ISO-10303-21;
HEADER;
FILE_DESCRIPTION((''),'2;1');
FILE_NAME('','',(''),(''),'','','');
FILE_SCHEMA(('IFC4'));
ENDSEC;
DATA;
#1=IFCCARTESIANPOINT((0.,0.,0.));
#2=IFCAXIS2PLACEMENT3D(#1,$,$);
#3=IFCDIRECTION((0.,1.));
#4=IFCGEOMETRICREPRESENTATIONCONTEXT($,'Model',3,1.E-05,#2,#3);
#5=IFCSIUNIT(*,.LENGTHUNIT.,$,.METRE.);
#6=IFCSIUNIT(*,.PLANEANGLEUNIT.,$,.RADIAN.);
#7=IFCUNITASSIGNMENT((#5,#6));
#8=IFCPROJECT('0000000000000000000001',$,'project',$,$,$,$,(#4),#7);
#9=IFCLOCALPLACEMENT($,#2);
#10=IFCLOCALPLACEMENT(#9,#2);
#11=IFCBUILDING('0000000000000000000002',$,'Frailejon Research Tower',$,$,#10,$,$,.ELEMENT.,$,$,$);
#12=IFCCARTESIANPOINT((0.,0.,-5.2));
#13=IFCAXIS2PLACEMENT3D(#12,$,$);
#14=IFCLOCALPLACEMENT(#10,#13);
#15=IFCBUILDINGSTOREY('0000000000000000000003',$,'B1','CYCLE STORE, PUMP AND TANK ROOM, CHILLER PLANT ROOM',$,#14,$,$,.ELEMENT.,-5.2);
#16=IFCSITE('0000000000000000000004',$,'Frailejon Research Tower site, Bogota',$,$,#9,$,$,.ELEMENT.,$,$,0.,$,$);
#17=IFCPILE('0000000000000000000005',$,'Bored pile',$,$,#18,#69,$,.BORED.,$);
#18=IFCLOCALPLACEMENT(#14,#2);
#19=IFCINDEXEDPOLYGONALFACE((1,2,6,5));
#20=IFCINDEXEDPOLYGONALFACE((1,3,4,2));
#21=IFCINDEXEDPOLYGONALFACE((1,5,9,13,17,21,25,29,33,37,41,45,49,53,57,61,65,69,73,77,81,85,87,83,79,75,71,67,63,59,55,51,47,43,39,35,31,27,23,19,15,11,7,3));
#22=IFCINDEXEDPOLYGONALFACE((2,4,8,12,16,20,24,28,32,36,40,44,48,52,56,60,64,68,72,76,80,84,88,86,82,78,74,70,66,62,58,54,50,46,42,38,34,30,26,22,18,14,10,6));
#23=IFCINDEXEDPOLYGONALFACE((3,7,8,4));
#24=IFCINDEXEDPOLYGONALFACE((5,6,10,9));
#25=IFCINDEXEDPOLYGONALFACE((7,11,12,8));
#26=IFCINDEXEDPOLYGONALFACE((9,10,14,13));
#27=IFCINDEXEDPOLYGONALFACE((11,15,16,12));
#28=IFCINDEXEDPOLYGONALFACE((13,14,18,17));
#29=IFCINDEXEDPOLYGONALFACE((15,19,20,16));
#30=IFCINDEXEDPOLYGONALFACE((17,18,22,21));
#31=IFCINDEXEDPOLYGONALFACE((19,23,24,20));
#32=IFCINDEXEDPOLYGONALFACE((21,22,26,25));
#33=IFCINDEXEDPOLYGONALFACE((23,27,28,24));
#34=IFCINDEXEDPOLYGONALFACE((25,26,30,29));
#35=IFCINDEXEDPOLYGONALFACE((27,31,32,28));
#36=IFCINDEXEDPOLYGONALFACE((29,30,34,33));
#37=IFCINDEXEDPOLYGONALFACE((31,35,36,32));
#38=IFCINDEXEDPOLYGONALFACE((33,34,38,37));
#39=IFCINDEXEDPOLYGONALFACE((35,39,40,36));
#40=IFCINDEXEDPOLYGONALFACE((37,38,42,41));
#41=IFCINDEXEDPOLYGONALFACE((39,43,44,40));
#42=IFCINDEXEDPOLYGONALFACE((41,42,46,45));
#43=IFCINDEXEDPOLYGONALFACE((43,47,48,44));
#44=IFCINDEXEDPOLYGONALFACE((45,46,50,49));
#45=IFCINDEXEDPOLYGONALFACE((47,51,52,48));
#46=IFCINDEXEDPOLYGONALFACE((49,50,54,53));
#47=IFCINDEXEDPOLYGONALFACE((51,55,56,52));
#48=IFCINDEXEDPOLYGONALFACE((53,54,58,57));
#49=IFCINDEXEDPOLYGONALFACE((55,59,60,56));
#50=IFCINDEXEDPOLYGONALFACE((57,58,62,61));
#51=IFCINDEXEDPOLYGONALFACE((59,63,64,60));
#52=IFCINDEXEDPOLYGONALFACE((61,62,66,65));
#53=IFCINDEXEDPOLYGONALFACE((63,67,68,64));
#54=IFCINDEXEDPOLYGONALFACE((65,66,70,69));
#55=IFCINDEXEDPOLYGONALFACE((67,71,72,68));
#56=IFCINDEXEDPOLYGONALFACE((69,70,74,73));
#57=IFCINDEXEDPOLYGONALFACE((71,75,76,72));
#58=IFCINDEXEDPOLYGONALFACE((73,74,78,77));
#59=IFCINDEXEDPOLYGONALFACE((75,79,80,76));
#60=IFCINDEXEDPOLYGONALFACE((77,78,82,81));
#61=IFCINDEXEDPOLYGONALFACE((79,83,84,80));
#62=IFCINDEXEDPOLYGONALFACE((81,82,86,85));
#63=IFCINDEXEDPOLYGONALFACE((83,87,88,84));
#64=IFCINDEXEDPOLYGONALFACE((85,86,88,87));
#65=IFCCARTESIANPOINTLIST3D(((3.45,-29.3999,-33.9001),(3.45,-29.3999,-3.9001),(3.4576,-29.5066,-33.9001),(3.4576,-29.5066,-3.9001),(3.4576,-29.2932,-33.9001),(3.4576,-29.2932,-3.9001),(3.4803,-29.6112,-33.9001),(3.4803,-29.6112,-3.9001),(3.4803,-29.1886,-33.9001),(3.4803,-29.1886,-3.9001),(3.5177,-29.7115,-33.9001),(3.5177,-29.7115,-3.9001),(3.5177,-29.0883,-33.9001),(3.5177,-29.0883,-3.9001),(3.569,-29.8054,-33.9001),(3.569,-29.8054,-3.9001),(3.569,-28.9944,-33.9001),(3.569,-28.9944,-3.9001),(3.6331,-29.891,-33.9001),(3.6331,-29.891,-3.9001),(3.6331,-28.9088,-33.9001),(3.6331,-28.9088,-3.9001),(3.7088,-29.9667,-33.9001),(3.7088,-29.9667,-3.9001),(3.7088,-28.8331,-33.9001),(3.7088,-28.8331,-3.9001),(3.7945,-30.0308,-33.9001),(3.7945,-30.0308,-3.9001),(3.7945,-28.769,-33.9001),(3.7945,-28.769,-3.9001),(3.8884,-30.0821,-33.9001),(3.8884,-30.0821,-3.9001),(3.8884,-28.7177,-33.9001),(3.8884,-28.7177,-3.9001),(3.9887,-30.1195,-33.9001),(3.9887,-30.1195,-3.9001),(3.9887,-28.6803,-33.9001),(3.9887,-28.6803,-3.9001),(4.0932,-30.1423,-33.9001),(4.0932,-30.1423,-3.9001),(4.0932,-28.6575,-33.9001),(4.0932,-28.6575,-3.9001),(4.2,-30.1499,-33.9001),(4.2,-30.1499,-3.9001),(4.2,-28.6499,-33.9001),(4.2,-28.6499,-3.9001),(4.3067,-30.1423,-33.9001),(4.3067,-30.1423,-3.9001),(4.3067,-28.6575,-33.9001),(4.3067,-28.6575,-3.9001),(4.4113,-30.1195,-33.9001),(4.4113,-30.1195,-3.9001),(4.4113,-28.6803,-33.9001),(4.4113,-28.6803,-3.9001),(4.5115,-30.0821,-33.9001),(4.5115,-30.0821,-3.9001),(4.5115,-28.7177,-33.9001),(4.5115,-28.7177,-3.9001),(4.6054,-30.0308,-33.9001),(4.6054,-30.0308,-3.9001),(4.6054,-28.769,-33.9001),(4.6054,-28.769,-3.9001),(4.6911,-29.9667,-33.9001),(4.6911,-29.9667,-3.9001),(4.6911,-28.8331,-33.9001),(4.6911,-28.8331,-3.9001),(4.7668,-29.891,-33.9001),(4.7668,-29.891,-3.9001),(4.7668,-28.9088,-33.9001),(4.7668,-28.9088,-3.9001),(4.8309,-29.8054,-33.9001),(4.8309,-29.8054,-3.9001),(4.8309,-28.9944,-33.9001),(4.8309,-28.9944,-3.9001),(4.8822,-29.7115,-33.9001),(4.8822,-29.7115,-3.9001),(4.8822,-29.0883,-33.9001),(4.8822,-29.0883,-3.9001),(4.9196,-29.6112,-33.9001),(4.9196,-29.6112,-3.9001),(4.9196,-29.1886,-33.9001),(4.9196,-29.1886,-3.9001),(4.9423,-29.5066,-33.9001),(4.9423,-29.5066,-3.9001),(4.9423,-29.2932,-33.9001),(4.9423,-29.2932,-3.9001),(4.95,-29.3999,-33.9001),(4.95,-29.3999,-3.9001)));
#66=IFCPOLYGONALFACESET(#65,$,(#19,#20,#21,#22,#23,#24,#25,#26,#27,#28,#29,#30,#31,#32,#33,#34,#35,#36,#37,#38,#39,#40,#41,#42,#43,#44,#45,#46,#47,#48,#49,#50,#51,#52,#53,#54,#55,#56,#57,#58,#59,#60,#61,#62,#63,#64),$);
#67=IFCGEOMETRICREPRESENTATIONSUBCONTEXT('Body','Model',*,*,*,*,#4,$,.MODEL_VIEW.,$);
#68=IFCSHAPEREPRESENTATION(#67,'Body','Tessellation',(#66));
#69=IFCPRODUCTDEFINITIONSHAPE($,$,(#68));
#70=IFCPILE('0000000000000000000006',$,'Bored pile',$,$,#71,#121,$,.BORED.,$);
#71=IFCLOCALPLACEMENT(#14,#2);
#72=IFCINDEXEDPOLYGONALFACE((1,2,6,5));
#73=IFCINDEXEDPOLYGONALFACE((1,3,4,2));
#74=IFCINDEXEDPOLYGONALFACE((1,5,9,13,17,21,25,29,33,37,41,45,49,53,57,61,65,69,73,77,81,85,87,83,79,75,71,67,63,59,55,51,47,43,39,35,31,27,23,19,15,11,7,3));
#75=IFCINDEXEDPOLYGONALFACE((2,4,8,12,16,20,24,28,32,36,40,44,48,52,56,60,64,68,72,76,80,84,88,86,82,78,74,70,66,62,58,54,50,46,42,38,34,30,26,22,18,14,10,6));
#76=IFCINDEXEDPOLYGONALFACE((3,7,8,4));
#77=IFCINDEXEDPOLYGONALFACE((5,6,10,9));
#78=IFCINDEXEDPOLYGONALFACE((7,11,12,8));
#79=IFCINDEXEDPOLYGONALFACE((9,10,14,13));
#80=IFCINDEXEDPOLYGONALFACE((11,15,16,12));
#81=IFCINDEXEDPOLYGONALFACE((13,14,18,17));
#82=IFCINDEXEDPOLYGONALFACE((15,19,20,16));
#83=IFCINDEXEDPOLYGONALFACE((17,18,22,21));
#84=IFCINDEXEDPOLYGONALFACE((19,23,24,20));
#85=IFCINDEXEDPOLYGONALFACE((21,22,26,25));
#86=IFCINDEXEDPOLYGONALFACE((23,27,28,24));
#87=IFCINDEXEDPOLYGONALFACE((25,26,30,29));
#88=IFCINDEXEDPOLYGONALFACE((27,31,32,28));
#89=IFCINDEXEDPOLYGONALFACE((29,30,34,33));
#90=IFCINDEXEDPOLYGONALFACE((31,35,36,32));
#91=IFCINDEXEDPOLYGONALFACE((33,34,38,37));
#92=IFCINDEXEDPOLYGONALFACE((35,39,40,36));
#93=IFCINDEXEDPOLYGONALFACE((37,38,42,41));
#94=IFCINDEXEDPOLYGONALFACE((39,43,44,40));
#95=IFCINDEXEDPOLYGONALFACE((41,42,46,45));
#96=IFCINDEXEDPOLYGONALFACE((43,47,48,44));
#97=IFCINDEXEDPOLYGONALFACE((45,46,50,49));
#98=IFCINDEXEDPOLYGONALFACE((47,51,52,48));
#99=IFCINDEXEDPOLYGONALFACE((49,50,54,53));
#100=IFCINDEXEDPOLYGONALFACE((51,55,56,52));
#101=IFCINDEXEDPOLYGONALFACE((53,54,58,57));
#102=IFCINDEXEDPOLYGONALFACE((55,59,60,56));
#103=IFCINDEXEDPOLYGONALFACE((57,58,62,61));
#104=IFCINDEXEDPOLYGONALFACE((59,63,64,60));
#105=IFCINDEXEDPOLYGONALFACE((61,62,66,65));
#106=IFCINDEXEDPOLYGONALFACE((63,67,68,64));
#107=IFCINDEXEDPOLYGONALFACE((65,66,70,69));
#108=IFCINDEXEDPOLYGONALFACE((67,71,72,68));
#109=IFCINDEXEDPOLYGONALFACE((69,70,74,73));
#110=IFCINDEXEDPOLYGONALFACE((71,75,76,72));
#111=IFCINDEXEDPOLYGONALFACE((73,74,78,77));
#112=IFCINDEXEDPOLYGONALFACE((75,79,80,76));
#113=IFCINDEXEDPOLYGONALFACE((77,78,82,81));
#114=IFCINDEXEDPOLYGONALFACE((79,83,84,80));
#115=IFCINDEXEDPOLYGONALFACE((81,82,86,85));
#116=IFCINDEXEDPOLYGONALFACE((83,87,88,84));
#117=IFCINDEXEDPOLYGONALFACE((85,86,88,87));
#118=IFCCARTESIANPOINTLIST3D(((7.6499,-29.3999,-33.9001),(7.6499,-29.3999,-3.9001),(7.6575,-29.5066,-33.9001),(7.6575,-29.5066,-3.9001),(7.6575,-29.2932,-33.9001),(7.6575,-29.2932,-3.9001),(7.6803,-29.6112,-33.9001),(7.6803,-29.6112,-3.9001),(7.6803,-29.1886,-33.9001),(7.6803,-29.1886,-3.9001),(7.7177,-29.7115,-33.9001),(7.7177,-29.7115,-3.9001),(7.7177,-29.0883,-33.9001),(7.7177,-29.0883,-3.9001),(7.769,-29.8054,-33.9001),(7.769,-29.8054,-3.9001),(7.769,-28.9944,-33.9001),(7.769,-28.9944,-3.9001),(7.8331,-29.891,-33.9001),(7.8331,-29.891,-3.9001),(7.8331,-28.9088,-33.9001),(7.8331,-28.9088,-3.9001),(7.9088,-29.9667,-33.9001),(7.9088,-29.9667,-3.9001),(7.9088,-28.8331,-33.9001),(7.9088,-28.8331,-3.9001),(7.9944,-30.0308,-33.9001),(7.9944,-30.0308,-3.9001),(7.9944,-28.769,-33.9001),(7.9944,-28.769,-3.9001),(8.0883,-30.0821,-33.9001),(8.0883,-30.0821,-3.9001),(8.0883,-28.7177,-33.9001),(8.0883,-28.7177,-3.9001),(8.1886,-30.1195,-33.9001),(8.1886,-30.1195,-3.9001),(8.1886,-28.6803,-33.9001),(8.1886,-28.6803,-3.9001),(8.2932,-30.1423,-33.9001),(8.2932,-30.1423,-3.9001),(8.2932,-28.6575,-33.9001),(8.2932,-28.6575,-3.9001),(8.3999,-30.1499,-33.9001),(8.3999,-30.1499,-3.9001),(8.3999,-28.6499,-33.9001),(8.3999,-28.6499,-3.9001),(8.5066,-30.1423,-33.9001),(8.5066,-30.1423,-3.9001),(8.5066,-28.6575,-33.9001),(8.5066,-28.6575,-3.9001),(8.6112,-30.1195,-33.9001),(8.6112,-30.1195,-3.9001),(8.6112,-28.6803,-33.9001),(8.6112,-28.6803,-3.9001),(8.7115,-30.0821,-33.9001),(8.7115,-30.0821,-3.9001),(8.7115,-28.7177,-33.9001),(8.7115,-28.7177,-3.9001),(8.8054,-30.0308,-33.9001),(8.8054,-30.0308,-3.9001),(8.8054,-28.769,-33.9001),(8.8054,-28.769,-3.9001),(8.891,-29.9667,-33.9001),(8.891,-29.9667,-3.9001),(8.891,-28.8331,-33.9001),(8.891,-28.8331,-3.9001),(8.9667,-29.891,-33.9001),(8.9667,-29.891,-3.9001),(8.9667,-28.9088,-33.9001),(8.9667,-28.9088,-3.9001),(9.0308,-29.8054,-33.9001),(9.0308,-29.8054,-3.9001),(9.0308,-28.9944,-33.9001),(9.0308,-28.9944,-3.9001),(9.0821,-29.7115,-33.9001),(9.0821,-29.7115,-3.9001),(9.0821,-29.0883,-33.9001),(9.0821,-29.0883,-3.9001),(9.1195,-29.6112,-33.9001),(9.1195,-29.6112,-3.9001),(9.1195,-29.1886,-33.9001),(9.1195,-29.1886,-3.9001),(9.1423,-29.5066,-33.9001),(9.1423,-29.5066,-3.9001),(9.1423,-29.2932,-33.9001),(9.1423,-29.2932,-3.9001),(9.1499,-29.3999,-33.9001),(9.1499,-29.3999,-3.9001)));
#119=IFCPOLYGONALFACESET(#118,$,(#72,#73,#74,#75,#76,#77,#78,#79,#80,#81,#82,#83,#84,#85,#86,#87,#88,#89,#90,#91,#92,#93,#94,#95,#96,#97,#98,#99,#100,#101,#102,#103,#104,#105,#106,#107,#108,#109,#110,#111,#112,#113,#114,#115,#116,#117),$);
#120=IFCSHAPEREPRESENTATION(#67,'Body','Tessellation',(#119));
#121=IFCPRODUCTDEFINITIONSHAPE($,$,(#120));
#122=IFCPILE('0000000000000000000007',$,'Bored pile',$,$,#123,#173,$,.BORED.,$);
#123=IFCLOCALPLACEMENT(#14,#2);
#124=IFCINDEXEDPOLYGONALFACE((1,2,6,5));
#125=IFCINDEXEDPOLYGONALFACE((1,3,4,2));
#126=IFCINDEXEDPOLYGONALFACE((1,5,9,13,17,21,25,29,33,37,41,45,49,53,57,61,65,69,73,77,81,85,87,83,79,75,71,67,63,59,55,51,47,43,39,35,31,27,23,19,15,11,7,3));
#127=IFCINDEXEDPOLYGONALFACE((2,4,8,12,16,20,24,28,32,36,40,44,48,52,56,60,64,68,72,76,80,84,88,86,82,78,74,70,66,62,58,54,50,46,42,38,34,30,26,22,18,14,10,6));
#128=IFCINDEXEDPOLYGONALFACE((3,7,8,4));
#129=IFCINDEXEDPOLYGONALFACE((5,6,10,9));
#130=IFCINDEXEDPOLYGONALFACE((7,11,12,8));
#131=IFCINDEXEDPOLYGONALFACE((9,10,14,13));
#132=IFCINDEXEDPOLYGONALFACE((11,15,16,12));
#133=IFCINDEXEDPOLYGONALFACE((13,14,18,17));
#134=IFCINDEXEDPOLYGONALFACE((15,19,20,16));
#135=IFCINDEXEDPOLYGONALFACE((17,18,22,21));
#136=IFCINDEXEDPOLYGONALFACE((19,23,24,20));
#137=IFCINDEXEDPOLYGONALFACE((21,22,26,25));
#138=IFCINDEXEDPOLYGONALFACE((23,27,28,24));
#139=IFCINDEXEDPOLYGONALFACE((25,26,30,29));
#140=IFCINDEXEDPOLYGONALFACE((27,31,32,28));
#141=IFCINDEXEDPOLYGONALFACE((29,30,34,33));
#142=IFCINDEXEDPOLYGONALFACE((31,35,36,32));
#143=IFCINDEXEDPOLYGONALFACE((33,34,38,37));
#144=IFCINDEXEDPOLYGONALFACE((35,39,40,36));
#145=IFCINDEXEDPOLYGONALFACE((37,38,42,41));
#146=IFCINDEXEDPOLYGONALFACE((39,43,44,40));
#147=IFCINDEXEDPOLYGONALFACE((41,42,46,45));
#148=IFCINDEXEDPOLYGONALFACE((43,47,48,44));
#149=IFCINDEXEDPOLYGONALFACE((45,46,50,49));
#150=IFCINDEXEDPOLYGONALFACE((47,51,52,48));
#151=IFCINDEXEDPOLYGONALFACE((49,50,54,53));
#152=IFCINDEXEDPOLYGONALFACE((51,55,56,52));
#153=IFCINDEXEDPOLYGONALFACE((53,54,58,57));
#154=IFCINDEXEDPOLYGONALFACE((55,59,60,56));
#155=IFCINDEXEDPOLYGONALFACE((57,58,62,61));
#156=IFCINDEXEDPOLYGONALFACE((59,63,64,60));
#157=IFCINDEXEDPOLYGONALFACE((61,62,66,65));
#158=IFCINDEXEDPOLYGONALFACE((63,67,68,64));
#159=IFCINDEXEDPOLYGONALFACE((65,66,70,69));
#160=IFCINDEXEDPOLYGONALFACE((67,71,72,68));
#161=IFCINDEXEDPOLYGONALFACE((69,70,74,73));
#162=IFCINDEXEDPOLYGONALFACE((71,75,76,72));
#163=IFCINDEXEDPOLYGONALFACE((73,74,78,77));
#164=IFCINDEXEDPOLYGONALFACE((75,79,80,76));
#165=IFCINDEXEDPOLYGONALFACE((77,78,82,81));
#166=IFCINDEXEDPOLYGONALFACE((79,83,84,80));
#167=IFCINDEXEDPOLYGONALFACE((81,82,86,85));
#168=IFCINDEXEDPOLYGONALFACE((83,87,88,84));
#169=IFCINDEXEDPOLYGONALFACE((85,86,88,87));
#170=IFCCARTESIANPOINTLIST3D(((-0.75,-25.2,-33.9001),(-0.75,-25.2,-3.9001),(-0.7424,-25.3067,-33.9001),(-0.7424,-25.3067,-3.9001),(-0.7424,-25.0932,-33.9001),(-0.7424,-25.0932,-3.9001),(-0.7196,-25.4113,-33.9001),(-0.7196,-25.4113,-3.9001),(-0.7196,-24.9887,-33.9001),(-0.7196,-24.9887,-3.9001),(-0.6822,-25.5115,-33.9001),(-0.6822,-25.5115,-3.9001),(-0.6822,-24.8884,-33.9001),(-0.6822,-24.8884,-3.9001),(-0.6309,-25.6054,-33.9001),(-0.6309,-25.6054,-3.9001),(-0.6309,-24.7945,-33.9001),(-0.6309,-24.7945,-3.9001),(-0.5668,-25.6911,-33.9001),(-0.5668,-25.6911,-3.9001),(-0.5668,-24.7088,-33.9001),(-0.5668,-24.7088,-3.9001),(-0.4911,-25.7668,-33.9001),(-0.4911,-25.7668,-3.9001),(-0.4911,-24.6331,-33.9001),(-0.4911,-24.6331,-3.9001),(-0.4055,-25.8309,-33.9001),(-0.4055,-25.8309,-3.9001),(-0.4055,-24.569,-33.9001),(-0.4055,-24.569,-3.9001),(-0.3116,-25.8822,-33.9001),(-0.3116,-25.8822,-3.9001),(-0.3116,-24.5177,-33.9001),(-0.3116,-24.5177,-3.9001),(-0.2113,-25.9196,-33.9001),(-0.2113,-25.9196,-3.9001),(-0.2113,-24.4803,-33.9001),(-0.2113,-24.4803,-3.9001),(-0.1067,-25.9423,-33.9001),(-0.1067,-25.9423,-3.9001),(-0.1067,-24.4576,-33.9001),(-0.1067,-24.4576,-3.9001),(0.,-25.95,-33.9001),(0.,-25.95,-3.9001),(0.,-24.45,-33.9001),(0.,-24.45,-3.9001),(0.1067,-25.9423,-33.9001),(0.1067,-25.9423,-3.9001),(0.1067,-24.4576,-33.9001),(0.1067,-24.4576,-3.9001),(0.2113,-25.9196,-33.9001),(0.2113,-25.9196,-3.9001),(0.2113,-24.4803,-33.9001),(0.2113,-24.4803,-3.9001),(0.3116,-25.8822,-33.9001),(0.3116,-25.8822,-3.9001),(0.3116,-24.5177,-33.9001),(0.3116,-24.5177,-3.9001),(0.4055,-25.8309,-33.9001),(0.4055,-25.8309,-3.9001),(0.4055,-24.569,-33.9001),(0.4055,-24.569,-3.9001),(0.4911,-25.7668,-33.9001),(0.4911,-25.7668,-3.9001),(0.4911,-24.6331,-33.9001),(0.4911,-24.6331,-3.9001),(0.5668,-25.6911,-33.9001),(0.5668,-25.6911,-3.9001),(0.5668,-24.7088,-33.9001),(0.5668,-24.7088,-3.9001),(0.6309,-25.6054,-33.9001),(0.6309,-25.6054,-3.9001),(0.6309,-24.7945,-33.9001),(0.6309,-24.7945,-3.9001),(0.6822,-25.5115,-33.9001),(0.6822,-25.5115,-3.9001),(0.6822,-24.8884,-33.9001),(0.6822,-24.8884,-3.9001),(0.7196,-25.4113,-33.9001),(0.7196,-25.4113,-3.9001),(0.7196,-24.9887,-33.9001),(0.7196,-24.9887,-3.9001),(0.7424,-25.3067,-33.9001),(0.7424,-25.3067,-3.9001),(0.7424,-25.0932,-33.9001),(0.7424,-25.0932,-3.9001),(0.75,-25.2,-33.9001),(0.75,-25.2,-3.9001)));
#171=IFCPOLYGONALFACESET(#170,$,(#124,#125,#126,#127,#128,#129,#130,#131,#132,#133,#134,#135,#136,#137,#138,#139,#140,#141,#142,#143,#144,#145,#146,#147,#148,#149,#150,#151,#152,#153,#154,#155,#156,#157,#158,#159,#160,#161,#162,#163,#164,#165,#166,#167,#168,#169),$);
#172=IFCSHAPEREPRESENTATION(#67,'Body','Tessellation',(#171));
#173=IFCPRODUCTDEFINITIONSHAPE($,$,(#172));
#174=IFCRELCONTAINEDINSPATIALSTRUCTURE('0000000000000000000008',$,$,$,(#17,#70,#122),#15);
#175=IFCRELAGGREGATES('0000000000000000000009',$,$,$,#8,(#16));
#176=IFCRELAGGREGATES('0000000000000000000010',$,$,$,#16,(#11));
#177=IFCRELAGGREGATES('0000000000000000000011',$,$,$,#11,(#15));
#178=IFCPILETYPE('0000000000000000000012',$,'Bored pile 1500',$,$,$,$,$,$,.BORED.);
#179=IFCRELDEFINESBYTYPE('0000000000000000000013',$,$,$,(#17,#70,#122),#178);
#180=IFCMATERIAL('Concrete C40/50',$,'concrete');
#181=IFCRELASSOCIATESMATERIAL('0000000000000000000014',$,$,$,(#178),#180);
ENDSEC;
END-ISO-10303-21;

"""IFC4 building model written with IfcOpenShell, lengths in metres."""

from ifc_helpers import new_model, si_unit, direction, frame, origin, origin_2d, place, context, subcontext, project, spatial, circle, extrude, material, material_profile, profile_set, type_object, element, save


model = new_model("IFC4")

# Units and contexts
model_context = context("Model", 3, precision=1e-05, world=origin(), true_north=direction((0.0, 1.0)))
body_context = subcontext(model_context, "Body", "Model", "MODEL_VIEW")
ifc_project = project(units=[si_unit("LENGTHUNIT", "METRE"), si_unit("PLANEANGLEUNIT", "RADIAN")], contexts=[model_context])

# Site, building, storey
site_placement = place(None, origin())
site = spatial("IfcSite", under=ifc_project, at=site_placement, Name="Frailejon Research Tower site, Bogota", CompositionType="ELEMENT", RefElevation=0.0)
building_placement = place(site_placement, origin())
building = spatial("IfcBuilding", under=site, at=building_placement, Name="Frailejon Research Tower", CompositionType="ELEMENT")
storey_placement = place(building_placement, frame((0.0, 0.0, -5.2)))
storey = spatial("IfcBuildingStorey", under=building, at=storey_placement, Name="B1", Description="CYCLE STORE, PUMP AND TANK ROOM, CHILLER PLANT ROOM", CompositionType="ELEMENT", Elevation=-5.2)

# Piles
ifc_material_1 = material(Name="Concrete C40/50", Category="concrete")
ifc_material_profile_1 = material_profile(ifc_material_1, circle(Radius=0.75, at=origin_2d()), Name="Bored pile 1500")
ifc_profile_set_1 = profile_set([ifc_material_profile_1], Name="Concrete C40/50")
pile_type = type_object("IfcPileType", Name="Bored pile 1500", PredefinedType="BORED", material=ifc_profile_set_1)
for number, where, z_axis, x_axis, name in (
    (1, (4.2, -29.3999, -3.9001), (0.0, 0.0, -1.0), (1.0, 0.0, 0.0), "Bored pile"),
    (2, (8.3999, -29.3999, -3.9001), (0.0, 0.0, -1.0), (1.0, 0.0, 0.0), "Bored pile"),
    (3, (0.0, -25.2, -3.9001), (0.0, 0.0, -1.0), (1.0, 0.0, 0.0), "Bored pile"),
):
    element("IfcPile", number, at=place(storey_placement, frame(where, z_axis=z_axis, x_axis=x_axis)), inside=storey, type_object=pile_type, Name=name, PredefinedType="BORED", context=body_context, shape_type="SweptSolid", body=[
        extrude(circle(Radius=0.75, at=origin_2d()), origin(), (0.0, 0.0, 1.0), 30.0),
    ])

save(model, "model.ifc")
